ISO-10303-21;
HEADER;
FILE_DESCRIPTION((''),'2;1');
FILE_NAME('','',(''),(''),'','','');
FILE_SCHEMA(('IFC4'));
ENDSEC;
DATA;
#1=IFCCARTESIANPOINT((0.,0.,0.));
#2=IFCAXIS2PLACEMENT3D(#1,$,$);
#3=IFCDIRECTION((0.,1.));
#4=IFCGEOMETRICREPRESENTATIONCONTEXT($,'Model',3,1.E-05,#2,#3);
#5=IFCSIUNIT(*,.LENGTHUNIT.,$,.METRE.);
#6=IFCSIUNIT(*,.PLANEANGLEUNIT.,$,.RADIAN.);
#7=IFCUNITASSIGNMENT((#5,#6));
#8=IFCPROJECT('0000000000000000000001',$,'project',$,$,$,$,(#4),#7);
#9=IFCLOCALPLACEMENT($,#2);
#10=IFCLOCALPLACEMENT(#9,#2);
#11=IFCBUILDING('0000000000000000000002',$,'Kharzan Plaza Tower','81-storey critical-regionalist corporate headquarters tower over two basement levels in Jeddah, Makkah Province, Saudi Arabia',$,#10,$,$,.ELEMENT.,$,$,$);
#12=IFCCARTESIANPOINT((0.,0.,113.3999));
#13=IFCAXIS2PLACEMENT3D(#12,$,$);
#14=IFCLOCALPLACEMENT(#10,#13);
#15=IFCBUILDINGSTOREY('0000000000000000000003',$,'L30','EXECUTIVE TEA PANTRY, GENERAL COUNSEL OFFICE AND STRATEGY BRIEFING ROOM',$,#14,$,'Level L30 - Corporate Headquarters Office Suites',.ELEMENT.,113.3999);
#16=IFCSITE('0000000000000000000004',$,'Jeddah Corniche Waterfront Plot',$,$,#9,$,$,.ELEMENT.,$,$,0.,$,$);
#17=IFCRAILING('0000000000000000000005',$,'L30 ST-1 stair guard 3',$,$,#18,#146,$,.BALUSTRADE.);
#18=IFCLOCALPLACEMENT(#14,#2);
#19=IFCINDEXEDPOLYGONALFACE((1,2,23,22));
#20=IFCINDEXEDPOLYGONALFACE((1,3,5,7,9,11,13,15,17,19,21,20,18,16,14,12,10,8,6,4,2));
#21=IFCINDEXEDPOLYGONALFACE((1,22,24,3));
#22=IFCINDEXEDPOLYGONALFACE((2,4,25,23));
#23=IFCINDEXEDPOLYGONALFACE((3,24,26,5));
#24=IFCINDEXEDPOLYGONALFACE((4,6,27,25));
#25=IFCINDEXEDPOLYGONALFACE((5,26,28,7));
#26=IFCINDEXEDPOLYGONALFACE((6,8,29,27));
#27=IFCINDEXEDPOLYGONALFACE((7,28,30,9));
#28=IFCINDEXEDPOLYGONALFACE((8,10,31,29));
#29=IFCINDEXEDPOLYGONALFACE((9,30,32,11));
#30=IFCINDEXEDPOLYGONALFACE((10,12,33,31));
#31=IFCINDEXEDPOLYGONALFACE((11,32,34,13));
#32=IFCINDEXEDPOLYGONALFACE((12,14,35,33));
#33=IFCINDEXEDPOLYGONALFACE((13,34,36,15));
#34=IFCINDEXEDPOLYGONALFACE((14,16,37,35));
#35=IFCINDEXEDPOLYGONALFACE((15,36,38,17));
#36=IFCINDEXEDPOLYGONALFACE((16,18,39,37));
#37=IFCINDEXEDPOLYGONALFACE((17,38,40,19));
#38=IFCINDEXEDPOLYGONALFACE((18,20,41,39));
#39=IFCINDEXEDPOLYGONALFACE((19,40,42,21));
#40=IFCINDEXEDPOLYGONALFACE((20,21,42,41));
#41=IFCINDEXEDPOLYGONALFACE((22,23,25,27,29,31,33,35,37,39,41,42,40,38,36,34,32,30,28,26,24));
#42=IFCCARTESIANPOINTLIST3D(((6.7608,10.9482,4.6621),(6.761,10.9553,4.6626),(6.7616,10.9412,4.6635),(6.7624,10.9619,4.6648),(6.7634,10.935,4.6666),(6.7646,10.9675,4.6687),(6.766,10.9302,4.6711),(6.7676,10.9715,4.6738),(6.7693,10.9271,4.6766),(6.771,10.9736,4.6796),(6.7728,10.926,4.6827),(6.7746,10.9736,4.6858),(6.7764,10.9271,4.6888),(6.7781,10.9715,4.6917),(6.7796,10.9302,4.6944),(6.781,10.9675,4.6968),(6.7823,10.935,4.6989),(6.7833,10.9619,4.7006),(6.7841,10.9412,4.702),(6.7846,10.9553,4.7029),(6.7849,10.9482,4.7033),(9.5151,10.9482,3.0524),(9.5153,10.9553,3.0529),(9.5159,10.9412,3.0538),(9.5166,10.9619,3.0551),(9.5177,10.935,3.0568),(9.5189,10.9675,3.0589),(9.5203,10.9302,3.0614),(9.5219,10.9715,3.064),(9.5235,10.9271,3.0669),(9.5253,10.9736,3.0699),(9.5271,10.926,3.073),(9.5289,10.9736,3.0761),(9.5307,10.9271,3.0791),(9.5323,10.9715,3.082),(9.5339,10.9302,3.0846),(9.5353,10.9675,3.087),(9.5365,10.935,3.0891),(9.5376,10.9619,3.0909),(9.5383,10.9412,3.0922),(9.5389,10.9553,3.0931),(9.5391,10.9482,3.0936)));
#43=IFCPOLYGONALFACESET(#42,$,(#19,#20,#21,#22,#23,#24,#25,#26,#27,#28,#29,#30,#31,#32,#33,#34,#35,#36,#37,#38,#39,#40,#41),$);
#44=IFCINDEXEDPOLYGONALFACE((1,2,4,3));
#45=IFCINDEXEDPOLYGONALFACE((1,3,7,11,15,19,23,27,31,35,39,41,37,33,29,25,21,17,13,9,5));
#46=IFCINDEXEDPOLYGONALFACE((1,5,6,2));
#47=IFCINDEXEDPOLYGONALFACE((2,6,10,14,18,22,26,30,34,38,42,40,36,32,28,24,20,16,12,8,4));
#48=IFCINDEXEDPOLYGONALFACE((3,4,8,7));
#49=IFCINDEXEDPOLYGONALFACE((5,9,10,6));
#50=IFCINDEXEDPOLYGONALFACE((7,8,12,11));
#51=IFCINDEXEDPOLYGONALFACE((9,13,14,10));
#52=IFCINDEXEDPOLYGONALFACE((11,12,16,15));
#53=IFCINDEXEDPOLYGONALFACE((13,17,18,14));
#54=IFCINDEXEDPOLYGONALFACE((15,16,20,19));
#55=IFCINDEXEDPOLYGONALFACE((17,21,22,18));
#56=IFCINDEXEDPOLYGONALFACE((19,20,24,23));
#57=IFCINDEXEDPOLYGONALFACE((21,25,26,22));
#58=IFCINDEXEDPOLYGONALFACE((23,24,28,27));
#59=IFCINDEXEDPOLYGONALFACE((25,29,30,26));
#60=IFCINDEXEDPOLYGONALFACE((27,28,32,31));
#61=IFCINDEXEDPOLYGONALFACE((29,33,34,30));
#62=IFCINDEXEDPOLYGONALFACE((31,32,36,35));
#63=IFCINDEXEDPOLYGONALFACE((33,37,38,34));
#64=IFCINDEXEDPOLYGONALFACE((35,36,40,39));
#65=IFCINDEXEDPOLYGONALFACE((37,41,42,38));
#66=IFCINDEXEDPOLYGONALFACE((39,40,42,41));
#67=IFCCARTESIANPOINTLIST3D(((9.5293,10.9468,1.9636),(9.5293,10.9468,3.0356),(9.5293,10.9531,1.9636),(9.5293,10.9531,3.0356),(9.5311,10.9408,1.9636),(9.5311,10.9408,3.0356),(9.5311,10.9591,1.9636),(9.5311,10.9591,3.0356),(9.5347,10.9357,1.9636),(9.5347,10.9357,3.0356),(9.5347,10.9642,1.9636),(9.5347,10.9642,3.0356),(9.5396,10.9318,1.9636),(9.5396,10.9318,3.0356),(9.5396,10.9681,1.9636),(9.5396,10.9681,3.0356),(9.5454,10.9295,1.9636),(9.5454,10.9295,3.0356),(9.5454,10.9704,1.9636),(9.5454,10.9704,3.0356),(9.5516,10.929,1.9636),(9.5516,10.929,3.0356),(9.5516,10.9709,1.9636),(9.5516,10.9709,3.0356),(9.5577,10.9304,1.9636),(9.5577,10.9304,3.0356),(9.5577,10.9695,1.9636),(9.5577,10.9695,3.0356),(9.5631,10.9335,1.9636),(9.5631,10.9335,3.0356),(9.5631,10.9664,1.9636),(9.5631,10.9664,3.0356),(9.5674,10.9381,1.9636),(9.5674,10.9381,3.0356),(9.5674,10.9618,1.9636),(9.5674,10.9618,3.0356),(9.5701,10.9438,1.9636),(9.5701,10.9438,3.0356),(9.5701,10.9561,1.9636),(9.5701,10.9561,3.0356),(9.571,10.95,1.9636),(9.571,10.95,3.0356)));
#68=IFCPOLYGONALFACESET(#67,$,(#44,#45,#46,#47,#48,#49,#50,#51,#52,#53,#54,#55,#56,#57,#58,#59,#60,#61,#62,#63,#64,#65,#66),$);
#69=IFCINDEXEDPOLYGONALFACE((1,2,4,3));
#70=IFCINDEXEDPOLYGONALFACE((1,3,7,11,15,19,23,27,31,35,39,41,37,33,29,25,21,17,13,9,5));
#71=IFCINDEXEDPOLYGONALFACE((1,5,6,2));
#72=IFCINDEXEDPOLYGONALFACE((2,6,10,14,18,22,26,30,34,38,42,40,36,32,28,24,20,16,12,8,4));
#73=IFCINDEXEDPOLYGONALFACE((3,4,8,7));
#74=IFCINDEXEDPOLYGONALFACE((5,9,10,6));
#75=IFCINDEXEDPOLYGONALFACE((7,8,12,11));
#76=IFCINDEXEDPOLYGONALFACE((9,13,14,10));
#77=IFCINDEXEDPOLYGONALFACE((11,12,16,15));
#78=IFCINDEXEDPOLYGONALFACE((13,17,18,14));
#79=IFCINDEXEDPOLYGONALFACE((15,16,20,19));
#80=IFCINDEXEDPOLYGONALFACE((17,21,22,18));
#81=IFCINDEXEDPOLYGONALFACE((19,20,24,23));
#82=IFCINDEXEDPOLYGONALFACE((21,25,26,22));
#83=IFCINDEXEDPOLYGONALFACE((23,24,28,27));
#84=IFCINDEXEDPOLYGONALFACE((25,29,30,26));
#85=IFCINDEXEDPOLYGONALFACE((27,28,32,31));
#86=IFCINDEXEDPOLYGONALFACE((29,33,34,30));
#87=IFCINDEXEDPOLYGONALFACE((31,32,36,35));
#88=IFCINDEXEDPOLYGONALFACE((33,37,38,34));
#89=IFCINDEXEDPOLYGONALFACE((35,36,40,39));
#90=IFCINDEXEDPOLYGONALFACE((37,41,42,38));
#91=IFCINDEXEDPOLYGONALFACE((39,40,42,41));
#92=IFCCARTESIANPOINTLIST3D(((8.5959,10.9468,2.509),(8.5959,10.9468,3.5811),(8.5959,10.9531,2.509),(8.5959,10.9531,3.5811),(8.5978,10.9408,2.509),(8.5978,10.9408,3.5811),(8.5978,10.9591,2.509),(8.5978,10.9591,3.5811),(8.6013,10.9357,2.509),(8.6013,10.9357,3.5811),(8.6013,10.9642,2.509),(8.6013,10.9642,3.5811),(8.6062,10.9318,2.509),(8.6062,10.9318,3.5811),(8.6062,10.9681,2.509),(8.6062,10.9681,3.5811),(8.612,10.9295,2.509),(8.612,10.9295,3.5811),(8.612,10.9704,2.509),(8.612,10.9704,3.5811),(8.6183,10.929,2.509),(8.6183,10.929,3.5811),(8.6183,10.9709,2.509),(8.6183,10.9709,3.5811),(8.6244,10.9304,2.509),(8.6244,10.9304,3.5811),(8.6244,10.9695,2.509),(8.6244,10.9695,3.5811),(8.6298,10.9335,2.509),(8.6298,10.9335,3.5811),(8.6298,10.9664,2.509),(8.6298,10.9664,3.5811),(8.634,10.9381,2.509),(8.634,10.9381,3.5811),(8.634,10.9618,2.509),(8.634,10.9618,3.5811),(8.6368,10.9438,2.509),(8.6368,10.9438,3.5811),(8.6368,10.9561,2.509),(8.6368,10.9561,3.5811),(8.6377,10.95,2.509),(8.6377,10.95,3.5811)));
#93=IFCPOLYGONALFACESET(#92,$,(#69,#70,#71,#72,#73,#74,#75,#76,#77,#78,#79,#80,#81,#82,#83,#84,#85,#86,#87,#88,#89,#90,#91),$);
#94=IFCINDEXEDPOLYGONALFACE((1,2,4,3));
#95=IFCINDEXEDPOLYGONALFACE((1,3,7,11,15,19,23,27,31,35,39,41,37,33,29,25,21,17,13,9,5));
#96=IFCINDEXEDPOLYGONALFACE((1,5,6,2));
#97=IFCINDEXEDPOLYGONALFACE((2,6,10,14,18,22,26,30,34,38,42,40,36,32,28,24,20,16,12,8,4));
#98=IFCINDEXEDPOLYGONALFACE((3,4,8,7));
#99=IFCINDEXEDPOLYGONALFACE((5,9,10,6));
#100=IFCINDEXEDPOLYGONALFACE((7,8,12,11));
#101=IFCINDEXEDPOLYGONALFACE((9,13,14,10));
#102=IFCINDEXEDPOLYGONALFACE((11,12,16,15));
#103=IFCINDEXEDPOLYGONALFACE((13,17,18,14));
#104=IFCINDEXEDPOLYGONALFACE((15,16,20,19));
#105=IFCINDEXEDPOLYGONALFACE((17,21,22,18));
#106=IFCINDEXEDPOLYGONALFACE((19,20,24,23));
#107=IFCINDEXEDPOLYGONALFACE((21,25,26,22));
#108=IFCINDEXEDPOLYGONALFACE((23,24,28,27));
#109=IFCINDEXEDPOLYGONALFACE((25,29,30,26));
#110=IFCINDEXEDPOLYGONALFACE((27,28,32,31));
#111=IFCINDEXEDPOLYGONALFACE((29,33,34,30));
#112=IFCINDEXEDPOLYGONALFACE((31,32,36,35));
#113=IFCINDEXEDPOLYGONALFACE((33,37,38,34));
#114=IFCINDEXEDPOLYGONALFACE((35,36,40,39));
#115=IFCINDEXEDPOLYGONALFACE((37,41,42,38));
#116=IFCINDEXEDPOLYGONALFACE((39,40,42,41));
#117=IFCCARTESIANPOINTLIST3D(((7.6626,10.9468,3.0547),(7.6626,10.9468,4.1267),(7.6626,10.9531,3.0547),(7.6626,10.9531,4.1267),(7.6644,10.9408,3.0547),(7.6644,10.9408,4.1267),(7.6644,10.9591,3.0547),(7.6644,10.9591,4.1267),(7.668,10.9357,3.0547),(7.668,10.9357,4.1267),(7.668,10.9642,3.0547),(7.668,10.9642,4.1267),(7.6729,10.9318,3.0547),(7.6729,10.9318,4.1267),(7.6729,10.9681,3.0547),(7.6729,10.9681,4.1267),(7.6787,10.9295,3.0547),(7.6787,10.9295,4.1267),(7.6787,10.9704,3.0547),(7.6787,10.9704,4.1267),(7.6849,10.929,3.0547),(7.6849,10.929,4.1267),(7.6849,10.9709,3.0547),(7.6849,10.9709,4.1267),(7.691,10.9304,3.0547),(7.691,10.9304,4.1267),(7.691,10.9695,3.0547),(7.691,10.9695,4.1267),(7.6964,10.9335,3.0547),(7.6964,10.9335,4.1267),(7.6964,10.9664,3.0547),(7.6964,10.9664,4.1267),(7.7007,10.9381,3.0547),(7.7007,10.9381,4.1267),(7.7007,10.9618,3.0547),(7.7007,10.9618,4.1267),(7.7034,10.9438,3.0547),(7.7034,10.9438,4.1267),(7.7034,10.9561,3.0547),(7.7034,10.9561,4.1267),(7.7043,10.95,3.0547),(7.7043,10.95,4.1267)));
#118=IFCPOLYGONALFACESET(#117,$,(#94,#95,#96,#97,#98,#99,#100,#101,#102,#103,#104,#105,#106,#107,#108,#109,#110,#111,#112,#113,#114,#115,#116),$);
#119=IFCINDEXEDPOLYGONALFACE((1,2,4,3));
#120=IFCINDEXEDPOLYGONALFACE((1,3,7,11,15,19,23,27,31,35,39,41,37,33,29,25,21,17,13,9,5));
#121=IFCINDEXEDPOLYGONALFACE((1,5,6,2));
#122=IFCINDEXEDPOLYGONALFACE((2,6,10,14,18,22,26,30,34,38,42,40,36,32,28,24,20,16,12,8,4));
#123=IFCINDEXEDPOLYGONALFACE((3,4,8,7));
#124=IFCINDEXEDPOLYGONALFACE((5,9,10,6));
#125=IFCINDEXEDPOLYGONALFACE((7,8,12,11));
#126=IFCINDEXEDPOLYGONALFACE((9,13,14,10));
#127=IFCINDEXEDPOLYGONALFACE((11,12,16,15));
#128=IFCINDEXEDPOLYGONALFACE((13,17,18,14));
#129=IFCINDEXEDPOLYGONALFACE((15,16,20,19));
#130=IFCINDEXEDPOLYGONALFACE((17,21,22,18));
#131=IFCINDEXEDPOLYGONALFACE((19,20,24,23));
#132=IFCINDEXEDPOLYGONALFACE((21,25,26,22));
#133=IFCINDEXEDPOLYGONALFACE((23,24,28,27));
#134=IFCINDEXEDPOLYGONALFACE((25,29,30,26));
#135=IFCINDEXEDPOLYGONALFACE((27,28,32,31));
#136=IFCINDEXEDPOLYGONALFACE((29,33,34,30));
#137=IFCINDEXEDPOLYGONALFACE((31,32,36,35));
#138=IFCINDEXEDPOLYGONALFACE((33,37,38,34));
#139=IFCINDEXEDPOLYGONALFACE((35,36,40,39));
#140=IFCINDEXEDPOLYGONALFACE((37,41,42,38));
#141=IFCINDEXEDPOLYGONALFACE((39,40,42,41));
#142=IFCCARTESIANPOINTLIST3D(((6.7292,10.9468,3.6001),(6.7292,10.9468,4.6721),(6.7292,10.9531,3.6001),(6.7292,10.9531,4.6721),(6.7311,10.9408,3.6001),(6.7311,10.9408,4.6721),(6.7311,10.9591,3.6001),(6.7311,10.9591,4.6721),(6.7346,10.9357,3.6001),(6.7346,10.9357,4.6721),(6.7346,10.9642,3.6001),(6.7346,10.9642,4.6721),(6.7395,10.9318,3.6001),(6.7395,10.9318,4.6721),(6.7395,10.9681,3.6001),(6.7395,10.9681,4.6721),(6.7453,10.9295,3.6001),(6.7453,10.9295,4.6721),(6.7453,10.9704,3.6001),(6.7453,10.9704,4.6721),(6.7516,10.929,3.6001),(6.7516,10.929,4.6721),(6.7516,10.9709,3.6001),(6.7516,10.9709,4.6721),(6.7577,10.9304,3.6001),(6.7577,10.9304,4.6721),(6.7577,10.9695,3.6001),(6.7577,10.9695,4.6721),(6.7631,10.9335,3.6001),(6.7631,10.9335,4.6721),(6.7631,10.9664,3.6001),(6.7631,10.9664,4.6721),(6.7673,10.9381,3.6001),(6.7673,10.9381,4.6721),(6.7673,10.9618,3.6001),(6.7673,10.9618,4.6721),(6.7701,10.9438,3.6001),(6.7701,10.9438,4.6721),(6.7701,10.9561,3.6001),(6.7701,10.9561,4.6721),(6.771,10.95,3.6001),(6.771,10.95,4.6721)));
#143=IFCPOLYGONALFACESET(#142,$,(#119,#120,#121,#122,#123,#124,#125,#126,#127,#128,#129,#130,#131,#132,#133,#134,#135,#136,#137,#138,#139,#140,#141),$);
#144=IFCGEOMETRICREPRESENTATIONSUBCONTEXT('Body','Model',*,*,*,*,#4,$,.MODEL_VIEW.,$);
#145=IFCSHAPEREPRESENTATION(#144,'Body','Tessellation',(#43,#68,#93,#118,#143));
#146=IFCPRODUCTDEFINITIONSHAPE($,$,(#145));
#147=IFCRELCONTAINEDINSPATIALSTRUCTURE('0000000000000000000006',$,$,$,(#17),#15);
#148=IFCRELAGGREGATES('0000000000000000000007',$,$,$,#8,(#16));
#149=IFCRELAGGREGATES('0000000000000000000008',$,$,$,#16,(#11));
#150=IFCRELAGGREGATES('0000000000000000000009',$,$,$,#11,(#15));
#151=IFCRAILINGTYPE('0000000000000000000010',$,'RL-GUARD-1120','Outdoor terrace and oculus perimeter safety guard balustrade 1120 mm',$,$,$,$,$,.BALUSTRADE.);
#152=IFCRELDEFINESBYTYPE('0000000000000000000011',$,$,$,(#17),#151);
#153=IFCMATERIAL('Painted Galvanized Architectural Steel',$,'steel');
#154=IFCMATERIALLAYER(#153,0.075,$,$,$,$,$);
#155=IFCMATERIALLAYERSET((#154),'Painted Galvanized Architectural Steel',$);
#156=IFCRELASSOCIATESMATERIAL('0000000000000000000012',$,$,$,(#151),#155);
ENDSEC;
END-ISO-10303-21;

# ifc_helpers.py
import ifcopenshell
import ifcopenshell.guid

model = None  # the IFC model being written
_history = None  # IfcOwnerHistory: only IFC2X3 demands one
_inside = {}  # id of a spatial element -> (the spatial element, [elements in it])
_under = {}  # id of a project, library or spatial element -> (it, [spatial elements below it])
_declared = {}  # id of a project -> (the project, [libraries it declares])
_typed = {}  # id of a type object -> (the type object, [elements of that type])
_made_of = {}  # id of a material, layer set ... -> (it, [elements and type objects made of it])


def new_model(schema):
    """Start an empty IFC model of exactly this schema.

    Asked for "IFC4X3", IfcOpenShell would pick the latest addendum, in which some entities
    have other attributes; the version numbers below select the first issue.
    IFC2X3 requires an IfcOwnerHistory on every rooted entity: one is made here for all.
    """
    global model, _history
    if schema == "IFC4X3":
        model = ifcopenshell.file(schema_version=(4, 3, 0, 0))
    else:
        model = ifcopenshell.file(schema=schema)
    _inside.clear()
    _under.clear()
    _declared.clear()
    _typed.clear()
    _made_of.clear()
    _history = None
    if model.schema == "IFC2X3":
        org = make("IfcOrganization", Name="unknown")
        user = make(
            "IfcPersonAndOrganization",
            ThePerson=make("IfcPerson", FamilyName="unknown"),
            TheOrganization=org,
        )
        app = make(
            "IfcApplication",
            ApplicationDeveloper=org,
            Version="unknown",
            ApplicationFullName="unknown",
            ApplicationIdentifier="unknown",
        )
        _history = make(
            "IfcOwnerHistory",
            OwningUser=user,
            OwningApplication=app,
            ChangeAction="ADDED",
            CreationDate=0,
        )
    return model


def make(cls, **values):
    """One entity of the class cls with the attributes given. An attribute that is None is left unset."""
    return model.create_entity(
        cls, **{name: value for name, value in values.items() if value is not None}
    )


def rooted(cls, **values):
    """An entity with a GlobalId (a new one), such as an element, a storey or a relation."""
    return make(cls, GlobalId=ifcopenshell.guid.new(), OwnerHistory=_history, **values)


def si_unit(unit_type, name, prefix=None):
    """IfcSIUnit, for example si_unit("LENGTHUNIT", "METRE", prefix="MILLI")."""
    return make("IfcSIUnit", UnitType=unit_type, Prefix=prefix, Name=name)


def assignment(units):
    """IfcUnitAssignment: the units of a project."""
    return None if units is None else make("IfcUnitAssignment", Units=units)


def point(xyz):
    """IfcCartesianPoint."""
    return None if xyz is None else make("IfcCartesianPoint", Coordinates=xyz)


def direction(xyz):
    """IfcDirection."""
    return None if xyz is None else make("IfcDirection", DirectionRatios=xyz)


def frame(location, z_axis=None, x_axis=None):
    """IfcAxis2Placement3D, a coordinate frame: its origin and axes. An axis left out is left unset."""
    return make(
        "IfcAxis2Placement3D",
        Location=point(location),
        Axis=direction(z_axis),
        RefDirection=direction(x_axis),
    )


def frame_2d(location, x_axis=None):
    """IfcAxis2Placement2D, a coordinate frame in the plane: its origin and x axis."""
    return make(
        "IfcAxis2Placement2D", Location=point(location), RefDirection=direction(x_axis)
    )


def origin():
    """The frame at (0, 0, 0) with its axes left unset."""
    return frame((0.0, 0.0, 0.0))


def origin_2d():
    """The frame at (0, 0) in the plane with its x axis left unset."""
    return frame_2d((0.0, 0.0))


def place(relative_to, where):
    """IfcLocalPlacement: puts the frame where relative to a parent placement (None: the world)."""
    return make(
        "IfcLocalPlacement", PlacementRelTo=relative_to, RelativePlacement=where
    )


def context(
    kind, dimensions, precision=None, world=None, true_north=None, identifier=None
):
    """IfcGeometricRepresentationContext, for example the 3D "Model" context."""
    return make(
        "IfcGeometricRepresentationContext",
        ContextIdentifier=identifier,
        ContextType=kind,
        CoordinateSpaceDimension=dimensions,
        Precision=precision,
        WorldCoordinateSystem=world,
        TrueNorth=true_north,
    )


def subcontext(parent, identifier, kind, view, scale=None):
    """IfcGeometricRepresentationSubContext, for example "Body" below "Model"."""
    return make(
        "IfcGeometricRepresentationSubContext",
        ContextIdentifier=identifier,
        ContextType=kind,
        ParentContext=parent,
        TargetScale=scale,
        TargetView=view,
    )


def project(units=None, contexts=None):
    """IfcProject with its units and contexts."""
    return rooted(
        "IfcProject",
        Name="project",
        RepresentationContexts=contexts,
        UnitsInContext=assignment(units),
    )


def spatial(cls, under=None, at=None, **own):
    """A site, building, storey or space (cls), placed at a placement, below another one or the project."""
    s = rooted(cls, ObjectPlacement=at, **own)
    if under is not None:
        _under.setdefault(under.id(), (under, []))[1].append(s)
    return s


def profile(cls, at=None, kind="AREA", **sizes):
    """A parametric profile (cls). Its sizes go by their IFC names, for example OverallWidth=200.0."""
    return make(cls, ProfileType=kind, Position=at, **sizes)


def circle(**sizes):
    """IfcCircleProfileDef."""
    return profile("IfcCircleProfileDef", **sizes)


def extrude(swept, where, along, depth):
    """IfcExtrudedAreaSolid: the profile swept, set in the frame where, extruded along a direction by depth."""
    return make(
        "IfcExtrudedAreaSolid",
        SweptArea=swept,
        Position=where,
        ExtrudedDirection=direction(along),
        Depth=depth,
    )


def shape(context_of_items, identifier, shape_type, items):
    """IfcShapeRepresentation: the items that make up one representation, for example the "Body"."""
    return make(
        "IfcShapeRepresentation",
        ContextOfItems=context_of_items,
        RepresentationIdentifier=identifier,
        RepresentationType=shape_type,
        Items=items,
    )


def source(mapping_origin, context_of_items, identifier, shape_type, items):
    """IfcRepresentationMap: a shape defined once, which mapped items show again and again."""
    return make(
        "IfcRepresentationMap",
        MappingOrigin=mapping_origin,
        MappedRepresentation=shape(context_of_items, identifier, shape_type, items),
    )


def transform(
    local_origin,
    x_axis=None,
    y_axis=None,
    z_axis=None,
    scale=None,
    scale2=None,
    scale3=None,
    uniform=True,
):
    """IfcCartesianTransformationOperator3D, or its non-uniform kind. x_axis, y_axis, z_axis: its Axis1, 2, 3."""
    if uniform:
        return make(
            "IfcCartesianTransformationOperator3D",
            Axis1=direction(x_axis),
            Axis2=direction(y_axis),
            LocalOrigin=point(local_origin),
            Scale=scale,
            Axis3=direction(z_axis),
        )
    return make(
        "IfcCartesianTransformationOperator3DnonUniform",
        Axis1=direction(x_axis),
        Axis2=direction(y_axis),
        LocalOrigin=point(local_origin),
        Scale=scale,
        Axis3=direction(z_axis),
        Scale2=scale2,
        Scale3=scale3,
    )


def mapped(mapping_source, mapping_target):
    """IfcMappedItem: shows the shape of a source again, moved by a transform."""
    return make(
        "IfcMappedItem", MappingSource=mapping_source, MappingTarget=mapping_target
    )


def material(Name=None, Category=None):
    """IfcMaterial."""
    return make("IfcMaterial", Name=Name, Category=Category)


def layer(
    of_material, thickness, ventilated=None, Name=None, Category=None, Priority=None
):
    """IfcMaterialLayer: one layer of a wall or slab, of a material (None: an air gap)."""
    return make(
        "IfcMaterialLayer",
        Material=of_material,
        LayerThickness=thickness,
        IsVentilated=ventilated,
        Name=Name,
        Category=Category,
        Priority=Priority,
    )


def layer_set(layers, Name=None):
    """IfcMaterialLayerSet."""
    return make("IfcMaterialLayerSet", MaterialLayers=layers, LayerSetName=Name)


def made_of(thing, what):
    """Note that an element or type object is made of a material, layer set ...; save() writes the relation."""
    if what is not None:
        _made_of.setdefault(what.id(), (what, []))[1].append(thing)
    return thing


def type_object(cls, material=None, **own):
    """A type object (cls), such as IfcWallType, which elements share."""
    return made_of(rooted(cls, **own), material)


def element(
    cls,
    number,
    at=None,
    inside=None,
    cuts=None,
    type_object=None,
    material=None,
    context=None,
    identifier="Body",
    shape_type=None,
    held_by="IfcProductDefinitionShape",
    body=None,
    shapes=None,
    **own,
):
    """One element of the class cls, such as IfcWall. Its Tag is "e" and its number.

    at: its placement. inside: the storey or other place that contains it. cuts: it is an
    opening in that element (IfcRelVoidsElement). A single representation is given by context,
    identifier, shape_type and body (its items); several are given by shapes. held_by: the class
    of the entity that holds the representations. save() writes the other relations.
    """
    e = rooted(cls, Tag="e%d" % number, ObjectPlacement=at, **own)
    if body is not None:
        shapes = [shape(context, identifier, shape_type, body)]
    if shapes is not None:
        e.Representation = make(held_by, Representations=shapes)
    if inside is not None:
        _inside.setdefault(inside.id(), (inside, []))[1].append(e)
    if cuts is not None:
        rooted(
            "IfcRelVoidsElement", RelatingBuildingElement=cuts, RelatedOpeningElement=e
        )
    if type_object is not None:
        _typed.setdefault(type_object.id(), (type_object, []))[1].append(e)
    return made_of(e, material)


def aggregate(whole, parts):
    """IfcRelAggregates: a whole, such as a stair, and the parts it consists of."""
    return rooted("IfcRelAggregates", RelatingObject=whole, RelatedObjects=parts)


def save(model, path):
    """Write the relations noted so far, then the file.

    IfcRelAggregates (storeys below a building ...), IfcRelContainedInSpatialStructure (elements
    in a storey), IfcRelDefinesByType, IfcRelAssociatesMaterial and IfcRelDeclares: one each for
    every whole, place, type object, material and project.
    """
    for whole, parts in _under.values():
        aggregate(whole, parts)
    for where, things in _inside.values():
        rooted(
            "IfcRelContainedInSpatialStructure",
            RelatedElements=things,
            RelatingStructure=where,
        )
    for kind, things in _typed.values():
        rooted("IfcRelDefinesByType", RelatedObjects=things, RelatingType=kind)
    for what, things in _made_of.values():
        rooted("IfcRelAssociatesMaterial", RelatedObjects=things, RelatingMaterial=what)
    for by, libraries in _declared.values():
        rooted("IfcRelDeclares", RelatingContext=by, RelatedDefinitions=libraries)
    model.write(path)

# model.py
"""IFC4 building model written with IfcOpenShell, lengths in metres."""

from ifc_helpers import new_model, si_unit, direction, frame, origin, origin_2d, place, context, subcontext, project, spatial, circle, extrude, source, transform, mapped, material, layer, layer_set, type_object, element, save


model = new_model("IFC4")

# Units and contexts
model_context = context("Model", 3, precision=1e-05, world=origin(), true_north=direction((0.0, 1.0)))
body_context = subcontext(model_context, "Body", "Model", "MODEL_VIEW")
ifc_project = project(units=[si_unit("LENGTHUNIT", "METRE"), si_unit("PLANEANGLEUNIT", "RADIAN")], contexts=[model_context])

# Site, building, storey
site_placement = place(None, origin())
site = spatial("IfcSite", under=ifc_project, at=site_placement, Name="Jeddah Corniche Waterfront Plot", CompositionType="ELEMENT", RefElevation=0.0)
building_placement = place(site_placement, origin())
building = spatial("IfcBuilding", under=site, at=building_placement, Name="Kharzan Plaza Tower", Description="81-storey critical-regionalist corporate headquarters tower over two basement levels in Jeddah, Makkah Province, Saudi Arabia", CompositionType="ELEMENT")
storey_placement = place(building_placement, frame((0.0, 0.0, 113.3999)))
storey = spatial("IfcBuildingStorey", under=building, at=storey_placement, Name="L30", Description="EXECUTIVE TEA PANTRY, GENERAL COUNSEL OFFICE AND STRATEGY BRIEFING ROOM", LongName="Level L30 - Corporate Headquarters Office Suites", CompositionType="ELEMENT", Elevation=113.3999)

# Railing
ifc_material_1 = material(Name="Painted Galvanized Architectural Steel", Category="steel")
ifc_layer_1 = layer(ifc_material_1, 0.075)
ifc_layer_set_1 = layer_set([ifc_layer_1], Name="Painted Galvanized Architectural Steel")
railing_type_1 = type_object("IfcRailingType", Name="RL-GUARD-1120", Description="Outdoor terrace and oculus perimeter safety guard balustrade 1120 mm", PredefinedType="BALUSTRADE", material=ifc_layer_set_1)
shared_shape_1 = source(origin(), body_context, "Body", "SweptSolid", [
    extrude(circle(Radius=0.0239, at=origin_2d()), frame((-0.0229, 0.0, 1.1094), z_axis=(-0.863361, 0.0, 0.504587), x_axis=(0.0, -1.0, 0.0)), (0.0, 0.0, 1.0), 3.1902),
    extrude(circle(Radius=0.021, at=origin_2d()), origin(), (0.0, 0.0, 1.0), 1.072),
    extrude(circle(Radius=0.021, at=origin_2d()), frame((-0.9333, 0.0, 0.5454)), (0.0, 0.0, 1.0), 1.072),
    extrude(circle(Radius=0.021, at=origin_2d()), frame((-1.8667, 0.0, 1.0911)), (0.0, 0.0, 1.0), 1.072),
    extrude(circle(Radius=0.021, at=origin_2d()), frame((-2.8, 0.0, 1.6365)), (0.0, 0.0, 1.0), 1.072),
])
railing_1_placement = place(storey_placement, frame((9.55, 10.95, 1.9636)))
element("IfcRailing", 1, at=railing_1_placement, inside=storey, type_object=railing_type_1, Name="L30 ST-1 stair guard 3", PredefinedType="BALUSTRADE", context=body_context, shape_type="MappedRepresentation", body=[
    mapped(shared_shape_1, transform((0.0, 0.0, 0.0), x_axis=(1.0, 0.0, 0.0), y_axis=(0.0, 1.0, 0.0), z_axis=(0.0, 0.0, 1.0))),
])

save(model, "model.ifc")
